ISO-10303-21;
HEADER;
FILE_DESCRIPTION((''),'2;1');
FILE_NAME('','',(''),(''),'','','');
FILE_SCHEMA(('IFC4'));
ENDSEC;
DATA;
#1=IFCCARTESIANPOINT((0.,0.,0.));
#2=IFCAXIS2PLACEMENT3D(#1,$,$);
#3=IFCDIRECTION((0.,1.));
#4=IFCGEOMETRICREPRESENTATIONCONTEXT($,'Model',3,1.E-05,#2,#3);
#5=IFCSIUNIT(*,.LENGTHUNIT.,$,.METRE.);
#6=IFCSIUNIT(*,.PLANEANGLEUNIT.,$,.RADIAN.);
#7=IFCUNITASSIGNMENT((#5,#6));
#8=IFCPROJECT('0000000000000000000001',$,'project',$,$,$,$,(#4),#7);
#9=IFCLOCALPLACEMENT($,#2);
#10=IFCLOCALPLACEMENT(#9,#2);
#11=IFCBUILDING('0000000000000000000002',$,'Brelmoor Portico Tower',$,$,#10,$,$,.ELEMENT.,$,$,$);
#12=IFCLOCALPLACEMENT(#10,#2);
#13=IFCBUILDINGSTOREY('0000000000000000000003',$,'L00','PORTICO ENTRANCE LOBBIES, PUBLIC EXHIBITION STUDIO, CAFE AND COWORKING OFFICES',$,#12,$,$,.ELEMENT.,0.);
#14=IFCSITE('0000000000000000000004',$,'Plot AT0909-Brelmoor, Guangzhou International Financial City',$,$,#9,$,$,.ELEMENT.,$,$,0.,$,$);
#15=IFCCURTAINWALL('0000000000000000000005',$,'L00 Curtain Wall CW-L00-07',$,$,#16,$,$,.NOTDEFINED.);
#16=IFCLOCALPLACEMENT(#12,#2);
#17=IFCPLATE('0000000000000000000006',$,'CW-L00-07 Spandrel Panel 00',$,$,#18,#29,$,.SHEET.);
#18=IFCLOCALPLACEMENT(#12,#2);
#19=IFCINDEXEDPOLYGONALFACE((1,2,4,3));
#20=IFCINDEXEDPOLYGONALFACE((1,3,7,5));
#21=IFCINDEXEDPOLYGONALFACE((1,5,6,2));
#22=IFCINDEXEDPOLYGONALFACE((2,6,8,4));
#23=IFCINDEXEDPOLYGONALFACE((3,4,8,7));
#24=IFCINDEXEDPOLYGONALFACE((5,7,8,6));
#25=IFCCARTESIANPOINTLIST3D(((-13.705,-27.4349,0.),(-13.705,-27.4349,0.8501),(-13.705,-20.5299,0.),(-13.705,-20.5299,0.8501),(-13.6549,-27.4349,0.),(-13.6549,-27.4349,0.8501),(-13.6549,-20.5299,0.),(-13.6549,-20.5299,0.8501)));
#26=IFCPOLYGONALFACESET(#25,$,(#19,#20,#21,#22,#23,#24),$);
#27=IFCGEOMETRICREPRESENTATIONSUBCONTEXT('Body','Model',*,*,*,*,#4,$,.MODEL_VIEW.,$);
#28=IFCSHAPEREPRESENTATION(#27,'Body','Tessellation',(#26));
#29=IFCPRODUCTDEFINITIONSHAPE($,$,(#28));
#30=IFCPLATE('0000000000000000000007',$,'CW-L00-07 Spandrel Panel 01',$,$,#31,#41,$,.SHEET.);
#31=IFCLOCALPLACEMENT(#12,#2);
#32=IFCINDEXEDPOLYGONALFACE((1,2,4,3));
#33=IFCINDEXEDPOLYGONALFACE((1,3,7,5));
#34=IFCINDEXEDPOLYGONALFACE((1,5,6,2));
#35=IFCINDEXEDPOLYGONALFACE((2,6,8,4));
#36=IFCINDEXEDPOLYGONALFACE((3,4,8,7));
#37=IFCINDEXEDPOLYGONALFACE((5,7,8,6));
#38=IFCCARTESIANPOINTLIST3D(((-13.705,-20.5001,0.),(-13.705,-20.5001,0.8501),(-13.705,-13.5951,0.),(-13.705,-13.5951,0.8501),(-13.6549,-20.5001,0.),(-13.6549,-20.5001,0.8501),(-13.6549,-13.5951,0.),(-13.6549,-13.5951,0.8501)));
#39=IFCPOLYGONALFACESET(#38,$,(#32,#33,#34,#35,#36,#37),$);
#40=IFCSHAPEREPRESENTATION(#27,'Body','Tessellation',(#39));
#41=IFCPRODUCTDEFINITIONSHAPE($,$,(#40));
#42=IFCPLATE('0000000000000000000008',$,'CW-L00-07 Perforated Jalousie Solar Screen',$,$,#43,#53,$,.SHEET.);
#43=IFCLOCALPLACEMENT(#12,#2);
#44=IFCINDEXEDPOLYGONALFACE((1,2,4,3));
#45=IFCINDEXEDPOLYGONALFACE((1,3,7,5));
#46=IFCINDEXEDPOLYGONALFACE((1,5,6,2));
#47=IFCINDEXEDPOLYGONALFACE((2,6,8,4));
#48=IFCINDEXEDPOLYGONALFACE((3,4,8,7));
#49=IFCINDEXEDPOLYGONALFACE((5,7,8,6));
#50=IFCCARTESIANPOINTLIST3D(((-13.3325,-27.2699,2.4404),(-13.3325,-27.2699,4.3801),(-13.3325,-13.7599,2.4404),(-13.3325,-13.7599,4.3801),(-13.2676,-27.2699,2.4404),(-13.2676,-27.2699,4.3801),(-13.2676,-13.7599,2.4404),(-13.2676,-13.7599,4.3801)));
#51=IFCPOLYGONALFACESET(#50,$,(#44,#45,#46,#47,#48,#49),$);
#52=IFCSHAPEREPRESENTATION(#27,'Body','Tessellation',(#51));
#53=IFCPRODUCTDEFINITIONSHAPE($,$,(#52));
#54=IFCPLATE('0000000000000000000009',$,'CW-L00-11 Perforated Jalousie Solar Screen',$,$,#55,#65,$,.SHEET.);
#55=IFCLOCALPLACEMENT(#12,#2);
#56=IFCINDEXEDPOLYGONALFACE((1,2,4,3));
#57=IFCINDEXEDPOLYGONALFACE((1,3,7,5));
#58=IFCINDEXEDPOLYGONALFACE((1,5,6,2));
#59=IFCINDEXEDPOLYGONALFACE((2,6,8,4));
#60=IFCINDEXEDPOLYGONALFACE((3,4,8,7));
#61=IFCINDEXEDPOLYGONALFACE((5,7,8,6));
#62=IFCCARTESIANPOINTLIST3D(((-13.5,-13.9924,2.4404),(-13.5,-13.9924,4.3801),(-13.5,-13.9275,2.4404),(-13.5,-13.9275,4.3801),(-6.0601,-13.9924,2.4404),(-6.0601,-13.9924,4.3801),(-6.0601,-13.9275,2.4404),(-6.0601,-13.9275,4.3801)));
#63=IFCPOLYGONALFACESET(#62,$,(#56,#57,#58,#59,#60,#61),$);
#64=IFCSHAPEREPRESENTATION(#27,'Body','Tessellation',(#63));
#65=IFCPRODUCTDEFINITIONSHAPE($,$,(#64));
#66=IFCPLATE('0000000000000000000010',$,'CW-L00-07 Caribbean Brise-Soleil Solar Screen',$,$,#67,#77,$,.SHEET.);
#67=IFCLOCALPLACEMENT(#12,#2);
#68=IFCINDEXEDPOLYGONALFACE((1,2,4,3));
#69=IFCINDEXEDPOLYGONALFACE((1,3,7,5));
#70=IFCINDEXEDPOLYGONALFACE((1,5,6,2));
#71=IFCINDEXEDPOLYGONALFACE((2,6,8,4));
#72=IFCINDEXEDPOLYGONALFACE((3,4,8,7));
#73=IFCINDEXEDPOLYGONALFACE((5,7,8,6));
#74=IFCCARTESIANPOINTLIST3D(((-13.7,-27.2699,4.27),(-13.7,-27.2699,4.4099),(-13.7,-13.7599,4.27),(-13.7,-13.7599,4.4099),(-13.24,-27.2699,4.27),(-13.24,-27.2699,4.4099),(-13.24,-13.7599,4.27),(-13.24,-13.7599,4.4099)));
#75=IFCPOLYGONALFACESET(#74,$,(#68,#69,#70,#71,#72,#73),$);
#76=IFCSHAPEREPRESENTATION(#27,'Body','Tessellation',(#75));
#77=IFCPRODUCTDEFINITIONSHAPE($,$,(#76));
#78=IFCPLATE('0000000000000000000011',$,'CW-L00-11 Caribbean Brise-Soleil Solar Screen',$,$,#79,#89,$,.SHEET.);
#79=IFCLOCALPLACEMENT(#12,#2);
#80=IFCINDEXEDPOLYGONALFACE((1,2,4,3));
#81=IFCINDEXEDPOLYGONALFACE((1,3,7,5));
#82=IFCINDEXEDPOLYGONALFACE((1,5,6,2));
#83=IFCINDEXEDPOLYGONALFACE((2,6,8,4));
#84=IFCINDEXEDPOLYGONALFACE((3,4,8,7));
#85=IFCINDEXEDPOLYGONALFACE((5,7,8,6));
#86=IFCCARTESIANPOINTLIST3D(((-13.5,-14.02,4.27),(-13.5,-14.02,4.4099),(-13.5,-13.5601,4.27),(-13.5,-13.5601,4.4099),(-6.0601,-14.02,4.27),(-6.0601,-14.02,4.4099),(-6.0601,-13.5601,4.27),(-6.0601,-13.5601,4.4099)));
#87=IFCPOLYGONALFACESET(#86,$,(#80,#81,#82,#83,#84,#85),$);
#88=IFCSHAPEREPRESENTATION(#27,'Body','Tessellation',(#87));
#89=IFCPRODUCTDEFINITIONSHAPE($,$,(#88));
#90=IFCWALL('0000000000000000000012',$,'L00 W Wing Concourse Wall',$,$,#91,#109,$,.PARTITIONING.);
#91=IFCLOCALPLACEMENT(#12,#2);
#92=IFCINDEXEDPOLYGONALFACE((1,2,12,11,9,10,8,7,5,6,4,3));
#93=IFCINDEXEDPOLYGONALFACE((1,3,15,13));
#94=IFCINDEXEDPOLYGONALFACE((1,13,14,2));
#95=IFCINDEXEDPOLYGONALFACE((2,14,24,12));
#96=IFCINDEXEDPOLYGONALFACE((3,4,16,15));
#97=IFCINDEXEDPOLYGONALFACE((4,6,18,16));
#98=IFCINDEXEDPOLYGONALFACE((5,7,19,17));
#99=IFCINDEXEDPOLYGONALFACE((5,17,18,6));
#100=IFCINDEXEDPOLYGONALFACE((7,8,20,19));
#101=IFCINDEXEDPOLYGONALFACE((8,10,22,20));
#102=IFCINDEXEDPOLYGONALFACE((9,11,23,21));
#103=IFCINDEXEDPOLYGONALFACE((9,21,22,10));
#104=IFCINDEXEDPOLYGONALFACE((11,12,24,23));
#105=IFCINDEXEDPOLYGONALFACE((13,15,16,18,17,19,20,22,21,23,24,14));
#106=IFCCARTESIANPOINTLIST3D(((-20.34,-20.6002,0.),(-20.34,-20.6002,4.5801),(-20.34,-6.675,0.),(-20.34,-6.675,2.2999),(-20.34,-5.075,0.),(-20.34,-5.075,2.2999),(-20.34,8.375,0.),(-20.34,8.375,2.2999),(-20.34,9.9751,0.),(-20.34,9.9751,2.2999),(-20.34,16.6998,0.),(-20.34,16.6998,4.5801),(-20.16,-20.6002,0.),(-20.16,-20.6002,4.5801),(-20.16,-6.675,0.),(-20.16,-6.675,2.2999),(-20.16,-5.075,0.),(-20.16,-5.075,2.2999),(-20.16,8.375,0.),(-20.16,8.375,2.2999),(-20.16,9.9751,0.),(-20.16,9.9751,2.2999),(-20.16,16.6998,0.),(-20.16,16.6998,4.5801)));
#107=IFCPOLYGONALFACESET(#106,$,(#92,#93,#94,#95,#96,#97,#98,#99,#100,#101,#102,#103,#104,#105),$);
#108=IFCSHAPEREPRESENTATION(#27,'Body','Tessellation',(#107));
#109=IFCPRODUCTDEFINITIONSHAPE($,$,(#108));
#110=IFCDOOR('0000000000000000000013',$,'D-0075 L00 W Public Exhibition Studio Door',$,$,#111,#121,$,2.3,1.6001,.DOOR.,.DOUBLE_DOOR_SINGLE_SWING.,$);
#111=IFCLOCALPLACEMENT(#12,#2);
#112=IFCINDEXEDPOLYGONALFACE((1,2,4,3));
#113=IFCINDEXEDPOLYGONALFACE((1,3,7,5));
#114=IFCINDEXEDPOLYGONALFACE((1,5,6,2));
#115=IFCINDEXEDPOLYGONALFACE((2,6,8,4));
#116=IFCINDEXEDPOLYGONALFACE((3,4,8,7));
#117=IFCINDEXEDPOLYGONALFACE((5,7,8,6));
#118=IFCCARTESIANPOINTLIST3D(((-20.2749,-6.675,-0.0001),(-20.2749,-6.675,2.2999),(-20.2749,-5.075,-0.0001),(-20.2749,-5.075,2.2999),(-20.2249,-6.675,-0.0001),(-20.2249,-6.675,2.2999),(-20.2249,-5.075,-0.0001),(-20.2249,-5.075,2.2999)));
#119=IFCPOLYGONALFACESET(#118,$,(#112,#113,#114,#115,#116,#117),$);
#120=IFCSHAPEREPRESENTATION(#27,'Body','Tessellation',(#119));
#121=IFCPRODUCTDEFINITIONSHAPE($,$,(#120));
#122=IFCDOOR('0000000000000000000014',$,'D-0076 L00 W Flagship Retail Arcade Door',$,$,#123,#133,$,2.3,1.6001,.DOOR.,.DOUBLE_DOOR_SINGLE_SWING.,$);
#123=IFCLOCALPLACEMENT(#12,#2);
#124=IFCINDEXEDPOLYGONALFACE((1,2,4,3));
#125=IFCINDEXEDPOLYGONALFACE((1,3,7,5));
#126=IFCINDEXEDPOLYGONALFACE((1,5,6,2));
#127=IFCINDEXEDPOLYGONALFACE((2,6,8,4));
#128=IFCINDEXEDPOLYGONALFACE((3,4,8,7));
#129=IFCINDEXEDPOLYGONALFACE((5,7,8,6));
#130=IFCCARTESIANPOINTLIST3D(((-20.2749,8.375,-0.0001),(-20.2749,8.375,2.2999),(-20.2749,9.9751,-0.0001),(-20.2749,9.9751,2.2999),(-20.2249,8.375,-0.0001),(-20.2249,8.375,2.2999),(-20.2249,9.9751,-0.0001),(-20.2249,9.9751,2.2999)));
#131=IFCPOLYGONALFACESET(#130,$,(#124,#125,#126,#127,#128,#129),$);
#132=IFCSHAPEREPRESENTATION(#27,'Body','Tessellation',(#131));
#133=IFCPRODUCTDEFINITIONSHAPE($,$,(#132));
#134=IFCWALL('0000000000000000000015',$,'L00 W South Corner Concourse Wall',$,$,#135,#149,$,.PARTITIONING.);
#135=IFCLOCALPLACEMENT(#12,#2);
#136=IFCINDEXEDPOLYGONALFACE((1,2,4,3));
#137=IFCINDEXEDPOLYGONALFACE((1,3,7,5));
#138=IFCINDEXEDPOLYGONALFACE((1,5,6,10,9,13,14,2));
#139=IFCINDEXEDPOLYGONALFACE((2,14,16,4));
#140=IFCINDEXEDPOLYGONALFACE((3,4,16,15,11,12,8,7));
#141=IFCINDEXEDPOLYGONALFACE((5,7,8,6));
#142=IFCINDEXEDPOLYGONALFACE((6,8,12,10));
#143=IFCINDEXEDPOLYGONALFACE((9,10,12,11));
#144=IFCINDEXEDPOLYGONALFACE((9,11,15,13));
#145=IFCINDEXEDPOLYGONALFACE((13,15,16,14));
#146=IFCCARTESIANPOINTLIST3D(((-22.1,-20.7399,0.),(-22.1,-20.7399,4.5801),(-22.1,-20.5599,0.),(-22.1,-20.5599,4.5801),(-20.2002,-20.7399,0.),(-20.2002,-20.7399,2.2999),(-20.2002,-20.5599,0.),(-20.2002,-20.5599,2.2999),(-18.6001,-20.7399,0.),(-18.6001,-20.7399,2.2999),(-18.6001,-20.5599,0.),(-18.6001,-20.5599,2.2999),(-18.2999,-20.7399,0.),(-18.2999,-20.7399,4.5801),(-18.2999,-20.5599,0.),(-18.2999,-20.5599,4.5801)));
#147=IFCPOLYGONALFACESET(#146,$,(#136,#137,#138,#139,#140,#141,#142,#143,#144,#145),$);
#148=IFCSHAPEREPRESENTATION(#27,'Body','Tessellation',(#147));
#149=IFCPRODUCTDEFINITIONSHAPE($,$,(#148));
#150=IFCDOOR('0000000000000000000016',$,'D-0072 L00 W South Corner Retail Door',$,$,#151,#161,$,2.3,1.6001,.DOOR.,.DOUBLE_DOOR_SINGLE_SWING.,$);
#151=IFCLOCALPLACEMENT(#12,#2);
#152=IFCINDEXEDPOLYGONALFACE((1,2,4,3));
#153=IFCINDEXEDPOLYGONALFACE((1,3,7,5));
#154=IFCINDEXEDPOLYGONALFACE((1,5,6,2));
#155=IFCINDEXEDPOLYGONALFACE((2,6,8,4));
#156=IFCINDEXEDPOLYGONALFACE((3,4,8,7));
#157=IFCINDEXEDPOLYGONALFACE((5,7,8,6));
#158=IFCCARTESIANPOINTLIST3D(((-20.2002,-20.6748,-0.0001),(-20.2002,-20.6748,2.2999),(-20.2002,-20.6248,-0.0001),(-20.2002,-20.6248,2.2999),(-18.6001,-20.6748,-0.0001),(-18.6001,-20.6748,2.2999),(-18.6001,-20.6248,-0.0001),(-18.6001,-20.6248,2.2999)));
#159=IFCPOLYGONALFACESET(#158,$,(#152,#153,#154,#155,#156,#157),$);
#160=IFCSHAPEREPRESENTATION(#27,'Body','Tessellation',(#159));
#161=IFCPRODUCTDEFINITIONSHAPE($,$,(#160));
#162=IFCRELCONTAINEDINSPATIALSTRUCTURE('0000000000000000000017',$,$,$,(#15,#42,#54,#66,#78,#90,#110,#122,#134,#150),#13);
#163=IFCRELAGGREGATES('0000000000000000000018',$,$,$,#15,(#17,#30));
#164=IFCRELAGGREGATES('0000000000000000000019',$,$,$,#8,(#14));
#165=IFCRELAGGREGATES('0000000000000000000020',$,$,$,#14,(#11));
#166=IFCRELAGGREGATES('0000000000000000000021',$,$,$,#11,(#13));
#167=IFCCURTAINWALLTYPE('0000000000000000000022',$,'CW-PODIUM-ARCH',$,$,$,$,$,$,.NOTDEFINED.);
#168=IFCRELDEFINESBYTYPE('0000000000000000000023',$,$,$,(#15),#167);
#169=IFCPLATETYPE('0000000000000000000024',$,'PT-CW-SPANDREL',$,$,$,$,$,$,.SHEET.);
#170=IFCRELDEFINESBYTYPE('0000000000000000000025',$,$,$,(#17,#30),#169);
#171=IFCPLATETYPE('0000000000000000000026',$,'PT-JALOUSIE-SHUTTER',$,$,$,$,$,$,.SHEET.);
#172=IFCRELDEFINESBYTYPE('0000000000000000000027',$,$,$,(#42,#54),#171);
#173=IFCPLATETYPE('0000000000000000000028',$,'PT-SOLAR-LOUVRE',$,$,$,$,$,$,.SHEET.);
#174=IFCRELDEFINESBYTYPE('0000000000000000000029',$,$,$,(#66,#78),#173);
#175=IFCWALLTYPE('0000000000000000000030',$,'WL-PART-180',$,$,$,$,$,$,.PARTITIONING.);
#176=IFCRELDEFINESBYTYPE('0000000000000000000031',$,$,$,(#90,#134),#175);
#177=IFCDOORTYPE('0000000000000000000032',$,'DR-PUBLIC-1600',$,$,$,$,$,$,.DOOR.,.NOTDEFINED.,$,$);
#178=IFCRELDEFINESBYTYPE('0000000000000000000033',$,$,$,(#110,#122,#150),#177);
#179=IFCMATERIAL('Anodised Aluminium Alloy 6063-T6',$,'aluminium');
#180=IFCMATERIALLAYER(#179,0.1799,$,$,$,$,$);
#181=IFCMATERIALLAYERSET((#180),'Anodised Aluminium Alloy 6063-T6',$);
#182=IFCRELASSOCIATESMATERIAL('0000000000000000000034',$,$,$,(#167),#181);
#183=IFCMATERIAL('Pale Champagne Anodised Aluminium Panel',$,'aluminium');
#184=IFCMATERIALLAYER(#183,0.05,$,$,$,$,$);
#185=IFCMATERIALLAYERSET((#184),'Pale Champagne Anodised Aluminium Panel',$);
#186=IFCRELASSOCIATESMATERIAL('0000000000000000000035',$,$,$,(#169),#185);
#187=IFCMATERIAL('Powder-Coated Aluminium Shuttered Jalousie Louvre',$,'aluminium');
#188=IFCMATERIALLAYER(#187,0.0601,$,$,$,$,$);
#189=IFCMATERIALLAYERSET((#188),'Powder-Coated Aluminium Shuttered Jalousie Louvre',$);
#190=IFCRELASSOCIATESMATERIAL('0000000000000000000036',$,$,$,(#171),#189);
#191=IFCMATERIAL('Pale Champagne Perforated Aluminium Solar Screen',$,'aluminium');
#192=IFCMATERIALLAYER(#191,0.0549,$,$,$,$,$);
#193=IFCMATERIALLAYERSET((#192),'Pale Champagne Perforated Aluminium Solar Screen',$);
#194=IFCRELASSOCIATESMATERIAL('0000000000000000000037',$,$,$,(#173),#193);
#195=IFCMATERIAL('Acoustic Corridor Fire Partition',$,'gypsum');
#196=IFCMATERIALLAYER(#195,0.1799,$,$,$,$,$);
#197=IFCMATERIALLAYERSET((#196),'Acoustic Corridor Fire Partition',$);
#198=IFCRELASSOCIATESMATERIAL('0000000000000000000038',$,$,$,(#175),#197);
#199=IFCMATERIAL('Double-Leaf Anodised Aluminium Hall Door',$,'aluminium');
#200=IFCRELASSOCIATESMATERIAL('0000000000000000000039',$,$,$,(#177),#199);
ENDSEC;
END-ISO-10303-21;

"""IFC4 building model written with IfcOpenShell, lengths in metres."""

from ifc_helpers import new_model, si_unit, direction, frame, frame_2d, origin, origin_2d, place, context, subcontext, project, spatial, rectangle, extrude, material, layer, layer_set, type_object, element, fill, aggregate, save


model = new_model("IFC4")

# Units and contexts
model_context = context("Model", 3, precision=1e-05, world=origin(), true_north=direction((0.0, 1.0)))
body_context = subcontext(model_context, "Body", "Model", "MODEL_VIEW")
ifc_project = project(units=[si_unit("LENGTHUNIT", "METRE"), si_unit("PLANEANGLEUNIT", "RADIAN")], contexts=[model_context])

# Site, building, storey
site_placement = place(None, origin())
site = spatial("IfcSite", under=ifc_project, at=site_placement, Name="Plot AT0909-Brelmoor, Guangzhou International Financial City", CompositionType="ELEMENT", RefElevation=0.0)
building_placement = place(site_placement, origin())
building = spatial("IfcBuilding", under=site, at=building_placement, Name="Brelmoor Portico Tower", CompositionType="ELEMENT")
storey_placement = place(building_placement, origin())
storey = spatial("IfcBuildingStorey", under=building, at=storey_placement, Name="L00", Description="PORTICO ENTRANCE LOBBIES, PUBLIC EXHIBITION STUDIO, CAFE AND COWORKING OFFICES", CompositionType="ELEMENT", Elevation=0.0)

# Curtain wall
ifc_material_1 = material(Name="Anodised Aluminium Alloy 6063-T6", Category="aluminium")
ifc_layer_1 = layer(ifc_material_1, 0.1799)
ifc_layer_set_1 = layer_set([ifc_layer_1], Name="Anodised Aluminium Alloy 6063-T6")
curtain_wall_type = type_object("IfcCurtainWallType", Name="CW-PODIUM-ARCH", PredefinedType="NOTDEFINED", material=ifc_layer_set_1)
curtain_wall_placement = place(storey_placement, origin())
curtain_wall = element("IfcCurtainWall", 1, at=curtain_wall_placement, inside=storey, type_object=curtain_wall_type, Name="L00 Curtain Wall CW-L00-07", PredefinedType="NOTDEFINED")

# Plates
ifc_material_2 = material(Name="Pale Champagne Anodised Aluminium Panel", Category="aluminium")
ifc_layer_2 = layer(ifc_material_2, 0.05)
ifc_layer_set_2 = layer_set([ifc_layer_2], Name="Pale Champagne Anodised Aluminium Panel")
plate_type_1 = type_object("IfcPlateType", Name="PT-CW-SPANDREL", PredefinedType="SHEET", material=ifc_layer_set_2)
plate_1_placement = place(storey_placement, frame((-13.6799, -23.9824, 0.0), z_axis=(0.0, 0.0, 1.0), x_axis=(0.0, 1.0, 0.0)))
plate_1 = element("IfcPlate", 2, at=plate_1_placement, type_object=plate_type_1, Name="CW-L00-07 Spandrel Panel 00", PredefinedType="SHEET", context=body_context, shape_type="SweptSolid", body=[
    extrude(rectangle(XDim=6.905, YDim=0.05, at=origin_2d()), origin(), (0.0, 0.0, 1.0), 0.8501),
])
plate_2_placement = place(storey_placement, frame((-13.6799, -17.0476, 0.0), z_axis=(0.0, 0.0, 1.0), x_axis=(0.0, 1.0, 0.0)))
plate_2 = element("IfcPlate", 3, at=plate_2_placement, type_object=plate_type_1, Name="CW-L00-07 Spandrel Panel 01", PredefinedType="SHEET", context=body_context, shape_type="SweptSolid", body=[
    extrude(rectangle(XDim=6.905, YDim=0.05, at=origin_2d()), origin(), (0.0, 0.0, 1.0), 0.8501),
])
aggregate(curtain_wall, [plate_1, plate_2])

# Plates
ifc_material_3 = material(Name="Powder-Coated Aluminium Shuttered Jalousie Louvre", Category="aluminium")
ifc_layer_3 = layer(ifc_material_3, 0.0601)
ifc_layer_set_3 = layer_set([ifc_layer_3], Name="Powder-Coated Aluminium Shuttered Jalousie Louvre")
plate_type_2 = type_object("IfcPlateType", Name="PT-JALOUSIE-SHUTTER", PredefinedType="SHEET", material=ifc_layer_set_3)
plate_3_placement = place(storey_placement, frame((-13.3, -20.5149, 2.4404), z_axis=(0.0, 0.0, 1.0), x_axis=(0.0, 1.0, 0.0)))
element("IfcPlate", 4, at=plate_3_placement, inside=storey, type_object=plate_type_2, Name="CW-L00-07 Perforated Jalousie Solar Screen", PredefinedType="SHEET", context=body_context, shape_type="SweptSolid", body=[
    extrude(rectangle(XDim=13.51, YDim=0.0649, at=origin_2d()), origin(), (0.0, 0.0, 1.0), 1.9397),
])
plate_4_placement = place(storey_placement, frame((-9.78, -13.96, 2.4404), z_axis=(0.0, 0.0, 1.0), x_axis=(1.0, 0.0, 0.0)))
element("IfcPlate", 5, at=plate_4_placement, inside=storey, type_object=plate_type_2, Name="CW-L00-11 Perforated Jalousie Solar Screen", PredefinedType="SHEET", context=body_context, shape_type="SweptSolid", body=[
    extrude(rectangle(XDim=7.4399, YDim=0.0649, at=origin_2d()), origin(), (0.0, 0.0, 1.0), 1.9397),
])
ifc_material_4 = material(Name="Pale Champagne Perforated Aluminium Solar Screen", Category="aluminium")
ifc_layer_4 = layer(ifc_material_4, 0.0549)
ifc_layer_set_4 = layer_set([ifc_layer_4], Name="Pale Champagne Perforated Aluminium Solar Screen")
plate_type_3 = type_object("IfcPlateType", Name="PT-SOLAR-LOUVRE", PredefinedType="SHEET", material=ifc_layer_set_4)
plate_5_placement = place(storey_placement, frame((-13.47, -20.5149, 4.27), z_axis=(0.0, 0.0, 1.0), x_axis=(0.0, 1.0, 0.0)))
element("IfcPlate", 6, at=plate_5_placement, inside=storey, type_object=plate_type_3, Name="CW-L00-07 Caribbean Brise-Soleil Solar Screen", PredefinedType="SHEET", context=body_context, shape_type="SweptSolid", body=[
    extrude(rectangle(XDim=13.51, YDim=0.46, at=origin_2d()), origin(), (0.0, 0.0, 1.0), 0.1399),
])
plate_6_placement = place(storey_placement, frame((-9.78, -13.79, 4.27), z_axis=(0.0, 0.0, 1.0), x_axis=(1.0, 0.0, 0.0)))
element("IfcPlate", 7, at=plate_6_placement, inside=storey, type_object=plate_type_3, Name="CW-L00-11 Caribbean Brise-Soleil Solar Screen", PredefinedType="SHEET", context=body_context, shape_type="SweptSolid", body=[
    extrude(rectangle(XDim=7.4399, YDim=0.46, at=origin_2d()), origin(), (0.0, 0.0, 1.0), 0.1399),
])

# Wall, openings, doors
ifc_material_5 = material(Name="Acoustic Corridor Fire Partition", Category="gypsum")
ifc_layer_5 = layer(ifc_material_5, 0.1799)
ifc_layer_set_5 = layer_set([ifc_layer_5], Name="Acoustic Corridor Fire Partition")
wall_type = type_object("IfcWallType", Name="WL-PART-180", PredefinedType="PARTITIONING", material=ifc_layer_set_5)
wall_1_placement = place(storey_placement, frame((-20.25, -20.6001, 0.0), z_axis=(0.0, 0.0, 1.0), x_axis=(0.0, 1.0, 0.0)))
wall_1 = element("IfcWall", 8, at=wall_1_placement, inside=storey, type_object=wall_type, Name="L00 W Wing Concourse Wall", PredefinedType="PARTITIONING", context=body_context, shape_type="SweptSolid", body=[
    extrude(rectangle(XDim=37.3, YDim=0.1799, at=frame_2d((18.6499, 0.0))), origin(), (0.0, 0.0, 1.0), 4.5801),
])
opening_1_placement = place(wall_1_placement, frame((13.925, 0.0, 0.0)))
opening_1 = element("IfcOpeningElement", 9, at=opening_1_placement, cuts=wall_1, PredefinedType="OPENING", context=body_context, shape_type="SweptSolid", body=[
    extrude(rectangle(XDim=1.6001, YDim=2.3, at=frame_2d((0.8, 1.1499))), frame((0.0, 0.0999, 0.0), z_axis=(0.0, -1.0, 0.0), x_axis=(1.0, 0.0, 0.0)), (0.0, 0.0, 1.0), 0.2),
])
opening_2_placement = place(wall_1_placement, frame((28.9751, 0.0, 0.0)))
opening_2 = element("IfcOpeningElement", 10, at=opening_2_placement, cuts=wall_1, PredefinedType="OPENING", context=body_context, shape_type="SweptSolid", body=[
    extrude(rectangle(XDim=1.6001, YDim=2.3, at=frame_2d((0.8, 1.1499))), frame((0.0, 0.0999, 0.0), z_axis=(0.0, -1.0, 0.0), x_axis=(1.0, 0.0, 0.0)), (0.0, 0.0, 1.0), 0.2),
])
ifc_material_6 = material(Name="Double-Leaf Anodised Aluminium Hall Door", Category="aluminium")
door_type = type_object("IfcDoorType", Name="DR-PUBLIC-1600", OperationType="NOTDEFINED", PredefinedType="DOOR", material=ifc_material_6)
door_1_placement = place(opening_1_placement, origin())
door_1 = element("IfcDoor", 11, at=door_1_placement, inside=storey, type_object=door_type, Name="D-0075 L00 W Public Exhibition Studio Door", OperationType="DOUBLE_DOOR_SINGLE_SWING", OverallHeight=2.3, OverallWidth=1.6001, PredefinedType="DOOR", context=body_context, shape_type="SweptSolid", body=[
    extrude(rectangle(XDim=1.6001, YDim=2.3, at=frame_2d((0.8, 1.1499))), frame((0.0, 0.0249, 0.0), z_axis=(0.0, -1.0, 0.0), x_axis=(1.0, 0.0, 0.0)), (0.0, 0.0, 1.0), 0.05),
])
fill(opening_1, door_1)
door_2_placement = place(opening_2_placement, origin())
door_2 = element("IfcDoor", 12, at=door_2_placement, inside=storey, type_object=door_type, Name="D-0076 L00 W Flagship Retail Arcade Door", OperationType="DOUBLE_DOOR_SINGLE_SWING", OverallHeight=2.3, OverallWidth=1.6001, PredefinedType="DOOR", context=body_context, shape_type="SweptSolid", body=[
    extrude(rectangle(XDim=1.6001, YDim=2.3, at=frame_2d((0.8, 1.1499))), frame((0.0, 0.0249, 0.0), z_axis=(0.0, -1.0, 0.0), x_axis=(1.0, 0.0, 0.0)), (0.0, 0.0, 1.0), 0.05),
])
fill(opening_2, door_2)

# Wall, opening, door
wall_2_placement = place(storey_placement, frame((-18.3, -20.6499, 0.0), z_axis=(0.0, 0.0, 1.0), x_axis=(-1.0, 0.0, 0.0)))
wall_2 = element("IfcWall", 13, at=wall_2_placement, inside=storey, type_object=wall_type, Name="L00 W South Corner Concourse Wall", PredefinedType="PARTITIONING", context=body_context, shape_type="SweptSolid", body=[
    extrude(rectangle(XDim=3.8, YDim=0.1799, at=frame_2d((1.8999, 0.0))), origin(), (0.0, 0.0, 1.0), 4.5801),
])
opening_3_placement = place(wall_2_placement, frame((0.3, 0.0, 0.0)))
opening_3 = element("IfcOpeningElement", 14, at=opening_3_placement, cuts=wall_2, PredefinedType="OPENING", context=body_context, shape_type="SweptSolid", body=[
    extrude(rectangle(XDim=1.6001, YDim=2.3, at=frame_2d((0.8, 1.1499))), frame((0.0, 0.0999, 0.0), z_axis=(0.0, -1.0, 0.0), x_axis=(1.0, 0.0, 0.0)), (0.0, 0.0, 1.0), 0.2),
])
door_3_placement = place(opening_3_placement, origin())
door_3 = element("IfcDoor", 15, at=door_3_placement, inside=storey, type_object=door_type, Name="D-0072 L00 W South Corner Retail Door", OperationType="DOUBLE_DOOR_SINGLE_SWING", OverallHeight=2.3, OverallWidth=1.6001, PredefinedType="DOOR", context=body_context, shape_type="SweptSolid", body=[
    extrude(rectangle(XDim=1.6001, YDim=2.3, at=frame_2d((0.8, 1.1499))), frame((0.0, 0.0249, 0.0), z_axis=(0.0, -1.0, 0.0), x_axis=(1.0, 0.0, 0.0)), (0.0, 0.0, 1.0), 0.05),
])
fill(opening_3, door_3)

save(model, "model.ifc")
